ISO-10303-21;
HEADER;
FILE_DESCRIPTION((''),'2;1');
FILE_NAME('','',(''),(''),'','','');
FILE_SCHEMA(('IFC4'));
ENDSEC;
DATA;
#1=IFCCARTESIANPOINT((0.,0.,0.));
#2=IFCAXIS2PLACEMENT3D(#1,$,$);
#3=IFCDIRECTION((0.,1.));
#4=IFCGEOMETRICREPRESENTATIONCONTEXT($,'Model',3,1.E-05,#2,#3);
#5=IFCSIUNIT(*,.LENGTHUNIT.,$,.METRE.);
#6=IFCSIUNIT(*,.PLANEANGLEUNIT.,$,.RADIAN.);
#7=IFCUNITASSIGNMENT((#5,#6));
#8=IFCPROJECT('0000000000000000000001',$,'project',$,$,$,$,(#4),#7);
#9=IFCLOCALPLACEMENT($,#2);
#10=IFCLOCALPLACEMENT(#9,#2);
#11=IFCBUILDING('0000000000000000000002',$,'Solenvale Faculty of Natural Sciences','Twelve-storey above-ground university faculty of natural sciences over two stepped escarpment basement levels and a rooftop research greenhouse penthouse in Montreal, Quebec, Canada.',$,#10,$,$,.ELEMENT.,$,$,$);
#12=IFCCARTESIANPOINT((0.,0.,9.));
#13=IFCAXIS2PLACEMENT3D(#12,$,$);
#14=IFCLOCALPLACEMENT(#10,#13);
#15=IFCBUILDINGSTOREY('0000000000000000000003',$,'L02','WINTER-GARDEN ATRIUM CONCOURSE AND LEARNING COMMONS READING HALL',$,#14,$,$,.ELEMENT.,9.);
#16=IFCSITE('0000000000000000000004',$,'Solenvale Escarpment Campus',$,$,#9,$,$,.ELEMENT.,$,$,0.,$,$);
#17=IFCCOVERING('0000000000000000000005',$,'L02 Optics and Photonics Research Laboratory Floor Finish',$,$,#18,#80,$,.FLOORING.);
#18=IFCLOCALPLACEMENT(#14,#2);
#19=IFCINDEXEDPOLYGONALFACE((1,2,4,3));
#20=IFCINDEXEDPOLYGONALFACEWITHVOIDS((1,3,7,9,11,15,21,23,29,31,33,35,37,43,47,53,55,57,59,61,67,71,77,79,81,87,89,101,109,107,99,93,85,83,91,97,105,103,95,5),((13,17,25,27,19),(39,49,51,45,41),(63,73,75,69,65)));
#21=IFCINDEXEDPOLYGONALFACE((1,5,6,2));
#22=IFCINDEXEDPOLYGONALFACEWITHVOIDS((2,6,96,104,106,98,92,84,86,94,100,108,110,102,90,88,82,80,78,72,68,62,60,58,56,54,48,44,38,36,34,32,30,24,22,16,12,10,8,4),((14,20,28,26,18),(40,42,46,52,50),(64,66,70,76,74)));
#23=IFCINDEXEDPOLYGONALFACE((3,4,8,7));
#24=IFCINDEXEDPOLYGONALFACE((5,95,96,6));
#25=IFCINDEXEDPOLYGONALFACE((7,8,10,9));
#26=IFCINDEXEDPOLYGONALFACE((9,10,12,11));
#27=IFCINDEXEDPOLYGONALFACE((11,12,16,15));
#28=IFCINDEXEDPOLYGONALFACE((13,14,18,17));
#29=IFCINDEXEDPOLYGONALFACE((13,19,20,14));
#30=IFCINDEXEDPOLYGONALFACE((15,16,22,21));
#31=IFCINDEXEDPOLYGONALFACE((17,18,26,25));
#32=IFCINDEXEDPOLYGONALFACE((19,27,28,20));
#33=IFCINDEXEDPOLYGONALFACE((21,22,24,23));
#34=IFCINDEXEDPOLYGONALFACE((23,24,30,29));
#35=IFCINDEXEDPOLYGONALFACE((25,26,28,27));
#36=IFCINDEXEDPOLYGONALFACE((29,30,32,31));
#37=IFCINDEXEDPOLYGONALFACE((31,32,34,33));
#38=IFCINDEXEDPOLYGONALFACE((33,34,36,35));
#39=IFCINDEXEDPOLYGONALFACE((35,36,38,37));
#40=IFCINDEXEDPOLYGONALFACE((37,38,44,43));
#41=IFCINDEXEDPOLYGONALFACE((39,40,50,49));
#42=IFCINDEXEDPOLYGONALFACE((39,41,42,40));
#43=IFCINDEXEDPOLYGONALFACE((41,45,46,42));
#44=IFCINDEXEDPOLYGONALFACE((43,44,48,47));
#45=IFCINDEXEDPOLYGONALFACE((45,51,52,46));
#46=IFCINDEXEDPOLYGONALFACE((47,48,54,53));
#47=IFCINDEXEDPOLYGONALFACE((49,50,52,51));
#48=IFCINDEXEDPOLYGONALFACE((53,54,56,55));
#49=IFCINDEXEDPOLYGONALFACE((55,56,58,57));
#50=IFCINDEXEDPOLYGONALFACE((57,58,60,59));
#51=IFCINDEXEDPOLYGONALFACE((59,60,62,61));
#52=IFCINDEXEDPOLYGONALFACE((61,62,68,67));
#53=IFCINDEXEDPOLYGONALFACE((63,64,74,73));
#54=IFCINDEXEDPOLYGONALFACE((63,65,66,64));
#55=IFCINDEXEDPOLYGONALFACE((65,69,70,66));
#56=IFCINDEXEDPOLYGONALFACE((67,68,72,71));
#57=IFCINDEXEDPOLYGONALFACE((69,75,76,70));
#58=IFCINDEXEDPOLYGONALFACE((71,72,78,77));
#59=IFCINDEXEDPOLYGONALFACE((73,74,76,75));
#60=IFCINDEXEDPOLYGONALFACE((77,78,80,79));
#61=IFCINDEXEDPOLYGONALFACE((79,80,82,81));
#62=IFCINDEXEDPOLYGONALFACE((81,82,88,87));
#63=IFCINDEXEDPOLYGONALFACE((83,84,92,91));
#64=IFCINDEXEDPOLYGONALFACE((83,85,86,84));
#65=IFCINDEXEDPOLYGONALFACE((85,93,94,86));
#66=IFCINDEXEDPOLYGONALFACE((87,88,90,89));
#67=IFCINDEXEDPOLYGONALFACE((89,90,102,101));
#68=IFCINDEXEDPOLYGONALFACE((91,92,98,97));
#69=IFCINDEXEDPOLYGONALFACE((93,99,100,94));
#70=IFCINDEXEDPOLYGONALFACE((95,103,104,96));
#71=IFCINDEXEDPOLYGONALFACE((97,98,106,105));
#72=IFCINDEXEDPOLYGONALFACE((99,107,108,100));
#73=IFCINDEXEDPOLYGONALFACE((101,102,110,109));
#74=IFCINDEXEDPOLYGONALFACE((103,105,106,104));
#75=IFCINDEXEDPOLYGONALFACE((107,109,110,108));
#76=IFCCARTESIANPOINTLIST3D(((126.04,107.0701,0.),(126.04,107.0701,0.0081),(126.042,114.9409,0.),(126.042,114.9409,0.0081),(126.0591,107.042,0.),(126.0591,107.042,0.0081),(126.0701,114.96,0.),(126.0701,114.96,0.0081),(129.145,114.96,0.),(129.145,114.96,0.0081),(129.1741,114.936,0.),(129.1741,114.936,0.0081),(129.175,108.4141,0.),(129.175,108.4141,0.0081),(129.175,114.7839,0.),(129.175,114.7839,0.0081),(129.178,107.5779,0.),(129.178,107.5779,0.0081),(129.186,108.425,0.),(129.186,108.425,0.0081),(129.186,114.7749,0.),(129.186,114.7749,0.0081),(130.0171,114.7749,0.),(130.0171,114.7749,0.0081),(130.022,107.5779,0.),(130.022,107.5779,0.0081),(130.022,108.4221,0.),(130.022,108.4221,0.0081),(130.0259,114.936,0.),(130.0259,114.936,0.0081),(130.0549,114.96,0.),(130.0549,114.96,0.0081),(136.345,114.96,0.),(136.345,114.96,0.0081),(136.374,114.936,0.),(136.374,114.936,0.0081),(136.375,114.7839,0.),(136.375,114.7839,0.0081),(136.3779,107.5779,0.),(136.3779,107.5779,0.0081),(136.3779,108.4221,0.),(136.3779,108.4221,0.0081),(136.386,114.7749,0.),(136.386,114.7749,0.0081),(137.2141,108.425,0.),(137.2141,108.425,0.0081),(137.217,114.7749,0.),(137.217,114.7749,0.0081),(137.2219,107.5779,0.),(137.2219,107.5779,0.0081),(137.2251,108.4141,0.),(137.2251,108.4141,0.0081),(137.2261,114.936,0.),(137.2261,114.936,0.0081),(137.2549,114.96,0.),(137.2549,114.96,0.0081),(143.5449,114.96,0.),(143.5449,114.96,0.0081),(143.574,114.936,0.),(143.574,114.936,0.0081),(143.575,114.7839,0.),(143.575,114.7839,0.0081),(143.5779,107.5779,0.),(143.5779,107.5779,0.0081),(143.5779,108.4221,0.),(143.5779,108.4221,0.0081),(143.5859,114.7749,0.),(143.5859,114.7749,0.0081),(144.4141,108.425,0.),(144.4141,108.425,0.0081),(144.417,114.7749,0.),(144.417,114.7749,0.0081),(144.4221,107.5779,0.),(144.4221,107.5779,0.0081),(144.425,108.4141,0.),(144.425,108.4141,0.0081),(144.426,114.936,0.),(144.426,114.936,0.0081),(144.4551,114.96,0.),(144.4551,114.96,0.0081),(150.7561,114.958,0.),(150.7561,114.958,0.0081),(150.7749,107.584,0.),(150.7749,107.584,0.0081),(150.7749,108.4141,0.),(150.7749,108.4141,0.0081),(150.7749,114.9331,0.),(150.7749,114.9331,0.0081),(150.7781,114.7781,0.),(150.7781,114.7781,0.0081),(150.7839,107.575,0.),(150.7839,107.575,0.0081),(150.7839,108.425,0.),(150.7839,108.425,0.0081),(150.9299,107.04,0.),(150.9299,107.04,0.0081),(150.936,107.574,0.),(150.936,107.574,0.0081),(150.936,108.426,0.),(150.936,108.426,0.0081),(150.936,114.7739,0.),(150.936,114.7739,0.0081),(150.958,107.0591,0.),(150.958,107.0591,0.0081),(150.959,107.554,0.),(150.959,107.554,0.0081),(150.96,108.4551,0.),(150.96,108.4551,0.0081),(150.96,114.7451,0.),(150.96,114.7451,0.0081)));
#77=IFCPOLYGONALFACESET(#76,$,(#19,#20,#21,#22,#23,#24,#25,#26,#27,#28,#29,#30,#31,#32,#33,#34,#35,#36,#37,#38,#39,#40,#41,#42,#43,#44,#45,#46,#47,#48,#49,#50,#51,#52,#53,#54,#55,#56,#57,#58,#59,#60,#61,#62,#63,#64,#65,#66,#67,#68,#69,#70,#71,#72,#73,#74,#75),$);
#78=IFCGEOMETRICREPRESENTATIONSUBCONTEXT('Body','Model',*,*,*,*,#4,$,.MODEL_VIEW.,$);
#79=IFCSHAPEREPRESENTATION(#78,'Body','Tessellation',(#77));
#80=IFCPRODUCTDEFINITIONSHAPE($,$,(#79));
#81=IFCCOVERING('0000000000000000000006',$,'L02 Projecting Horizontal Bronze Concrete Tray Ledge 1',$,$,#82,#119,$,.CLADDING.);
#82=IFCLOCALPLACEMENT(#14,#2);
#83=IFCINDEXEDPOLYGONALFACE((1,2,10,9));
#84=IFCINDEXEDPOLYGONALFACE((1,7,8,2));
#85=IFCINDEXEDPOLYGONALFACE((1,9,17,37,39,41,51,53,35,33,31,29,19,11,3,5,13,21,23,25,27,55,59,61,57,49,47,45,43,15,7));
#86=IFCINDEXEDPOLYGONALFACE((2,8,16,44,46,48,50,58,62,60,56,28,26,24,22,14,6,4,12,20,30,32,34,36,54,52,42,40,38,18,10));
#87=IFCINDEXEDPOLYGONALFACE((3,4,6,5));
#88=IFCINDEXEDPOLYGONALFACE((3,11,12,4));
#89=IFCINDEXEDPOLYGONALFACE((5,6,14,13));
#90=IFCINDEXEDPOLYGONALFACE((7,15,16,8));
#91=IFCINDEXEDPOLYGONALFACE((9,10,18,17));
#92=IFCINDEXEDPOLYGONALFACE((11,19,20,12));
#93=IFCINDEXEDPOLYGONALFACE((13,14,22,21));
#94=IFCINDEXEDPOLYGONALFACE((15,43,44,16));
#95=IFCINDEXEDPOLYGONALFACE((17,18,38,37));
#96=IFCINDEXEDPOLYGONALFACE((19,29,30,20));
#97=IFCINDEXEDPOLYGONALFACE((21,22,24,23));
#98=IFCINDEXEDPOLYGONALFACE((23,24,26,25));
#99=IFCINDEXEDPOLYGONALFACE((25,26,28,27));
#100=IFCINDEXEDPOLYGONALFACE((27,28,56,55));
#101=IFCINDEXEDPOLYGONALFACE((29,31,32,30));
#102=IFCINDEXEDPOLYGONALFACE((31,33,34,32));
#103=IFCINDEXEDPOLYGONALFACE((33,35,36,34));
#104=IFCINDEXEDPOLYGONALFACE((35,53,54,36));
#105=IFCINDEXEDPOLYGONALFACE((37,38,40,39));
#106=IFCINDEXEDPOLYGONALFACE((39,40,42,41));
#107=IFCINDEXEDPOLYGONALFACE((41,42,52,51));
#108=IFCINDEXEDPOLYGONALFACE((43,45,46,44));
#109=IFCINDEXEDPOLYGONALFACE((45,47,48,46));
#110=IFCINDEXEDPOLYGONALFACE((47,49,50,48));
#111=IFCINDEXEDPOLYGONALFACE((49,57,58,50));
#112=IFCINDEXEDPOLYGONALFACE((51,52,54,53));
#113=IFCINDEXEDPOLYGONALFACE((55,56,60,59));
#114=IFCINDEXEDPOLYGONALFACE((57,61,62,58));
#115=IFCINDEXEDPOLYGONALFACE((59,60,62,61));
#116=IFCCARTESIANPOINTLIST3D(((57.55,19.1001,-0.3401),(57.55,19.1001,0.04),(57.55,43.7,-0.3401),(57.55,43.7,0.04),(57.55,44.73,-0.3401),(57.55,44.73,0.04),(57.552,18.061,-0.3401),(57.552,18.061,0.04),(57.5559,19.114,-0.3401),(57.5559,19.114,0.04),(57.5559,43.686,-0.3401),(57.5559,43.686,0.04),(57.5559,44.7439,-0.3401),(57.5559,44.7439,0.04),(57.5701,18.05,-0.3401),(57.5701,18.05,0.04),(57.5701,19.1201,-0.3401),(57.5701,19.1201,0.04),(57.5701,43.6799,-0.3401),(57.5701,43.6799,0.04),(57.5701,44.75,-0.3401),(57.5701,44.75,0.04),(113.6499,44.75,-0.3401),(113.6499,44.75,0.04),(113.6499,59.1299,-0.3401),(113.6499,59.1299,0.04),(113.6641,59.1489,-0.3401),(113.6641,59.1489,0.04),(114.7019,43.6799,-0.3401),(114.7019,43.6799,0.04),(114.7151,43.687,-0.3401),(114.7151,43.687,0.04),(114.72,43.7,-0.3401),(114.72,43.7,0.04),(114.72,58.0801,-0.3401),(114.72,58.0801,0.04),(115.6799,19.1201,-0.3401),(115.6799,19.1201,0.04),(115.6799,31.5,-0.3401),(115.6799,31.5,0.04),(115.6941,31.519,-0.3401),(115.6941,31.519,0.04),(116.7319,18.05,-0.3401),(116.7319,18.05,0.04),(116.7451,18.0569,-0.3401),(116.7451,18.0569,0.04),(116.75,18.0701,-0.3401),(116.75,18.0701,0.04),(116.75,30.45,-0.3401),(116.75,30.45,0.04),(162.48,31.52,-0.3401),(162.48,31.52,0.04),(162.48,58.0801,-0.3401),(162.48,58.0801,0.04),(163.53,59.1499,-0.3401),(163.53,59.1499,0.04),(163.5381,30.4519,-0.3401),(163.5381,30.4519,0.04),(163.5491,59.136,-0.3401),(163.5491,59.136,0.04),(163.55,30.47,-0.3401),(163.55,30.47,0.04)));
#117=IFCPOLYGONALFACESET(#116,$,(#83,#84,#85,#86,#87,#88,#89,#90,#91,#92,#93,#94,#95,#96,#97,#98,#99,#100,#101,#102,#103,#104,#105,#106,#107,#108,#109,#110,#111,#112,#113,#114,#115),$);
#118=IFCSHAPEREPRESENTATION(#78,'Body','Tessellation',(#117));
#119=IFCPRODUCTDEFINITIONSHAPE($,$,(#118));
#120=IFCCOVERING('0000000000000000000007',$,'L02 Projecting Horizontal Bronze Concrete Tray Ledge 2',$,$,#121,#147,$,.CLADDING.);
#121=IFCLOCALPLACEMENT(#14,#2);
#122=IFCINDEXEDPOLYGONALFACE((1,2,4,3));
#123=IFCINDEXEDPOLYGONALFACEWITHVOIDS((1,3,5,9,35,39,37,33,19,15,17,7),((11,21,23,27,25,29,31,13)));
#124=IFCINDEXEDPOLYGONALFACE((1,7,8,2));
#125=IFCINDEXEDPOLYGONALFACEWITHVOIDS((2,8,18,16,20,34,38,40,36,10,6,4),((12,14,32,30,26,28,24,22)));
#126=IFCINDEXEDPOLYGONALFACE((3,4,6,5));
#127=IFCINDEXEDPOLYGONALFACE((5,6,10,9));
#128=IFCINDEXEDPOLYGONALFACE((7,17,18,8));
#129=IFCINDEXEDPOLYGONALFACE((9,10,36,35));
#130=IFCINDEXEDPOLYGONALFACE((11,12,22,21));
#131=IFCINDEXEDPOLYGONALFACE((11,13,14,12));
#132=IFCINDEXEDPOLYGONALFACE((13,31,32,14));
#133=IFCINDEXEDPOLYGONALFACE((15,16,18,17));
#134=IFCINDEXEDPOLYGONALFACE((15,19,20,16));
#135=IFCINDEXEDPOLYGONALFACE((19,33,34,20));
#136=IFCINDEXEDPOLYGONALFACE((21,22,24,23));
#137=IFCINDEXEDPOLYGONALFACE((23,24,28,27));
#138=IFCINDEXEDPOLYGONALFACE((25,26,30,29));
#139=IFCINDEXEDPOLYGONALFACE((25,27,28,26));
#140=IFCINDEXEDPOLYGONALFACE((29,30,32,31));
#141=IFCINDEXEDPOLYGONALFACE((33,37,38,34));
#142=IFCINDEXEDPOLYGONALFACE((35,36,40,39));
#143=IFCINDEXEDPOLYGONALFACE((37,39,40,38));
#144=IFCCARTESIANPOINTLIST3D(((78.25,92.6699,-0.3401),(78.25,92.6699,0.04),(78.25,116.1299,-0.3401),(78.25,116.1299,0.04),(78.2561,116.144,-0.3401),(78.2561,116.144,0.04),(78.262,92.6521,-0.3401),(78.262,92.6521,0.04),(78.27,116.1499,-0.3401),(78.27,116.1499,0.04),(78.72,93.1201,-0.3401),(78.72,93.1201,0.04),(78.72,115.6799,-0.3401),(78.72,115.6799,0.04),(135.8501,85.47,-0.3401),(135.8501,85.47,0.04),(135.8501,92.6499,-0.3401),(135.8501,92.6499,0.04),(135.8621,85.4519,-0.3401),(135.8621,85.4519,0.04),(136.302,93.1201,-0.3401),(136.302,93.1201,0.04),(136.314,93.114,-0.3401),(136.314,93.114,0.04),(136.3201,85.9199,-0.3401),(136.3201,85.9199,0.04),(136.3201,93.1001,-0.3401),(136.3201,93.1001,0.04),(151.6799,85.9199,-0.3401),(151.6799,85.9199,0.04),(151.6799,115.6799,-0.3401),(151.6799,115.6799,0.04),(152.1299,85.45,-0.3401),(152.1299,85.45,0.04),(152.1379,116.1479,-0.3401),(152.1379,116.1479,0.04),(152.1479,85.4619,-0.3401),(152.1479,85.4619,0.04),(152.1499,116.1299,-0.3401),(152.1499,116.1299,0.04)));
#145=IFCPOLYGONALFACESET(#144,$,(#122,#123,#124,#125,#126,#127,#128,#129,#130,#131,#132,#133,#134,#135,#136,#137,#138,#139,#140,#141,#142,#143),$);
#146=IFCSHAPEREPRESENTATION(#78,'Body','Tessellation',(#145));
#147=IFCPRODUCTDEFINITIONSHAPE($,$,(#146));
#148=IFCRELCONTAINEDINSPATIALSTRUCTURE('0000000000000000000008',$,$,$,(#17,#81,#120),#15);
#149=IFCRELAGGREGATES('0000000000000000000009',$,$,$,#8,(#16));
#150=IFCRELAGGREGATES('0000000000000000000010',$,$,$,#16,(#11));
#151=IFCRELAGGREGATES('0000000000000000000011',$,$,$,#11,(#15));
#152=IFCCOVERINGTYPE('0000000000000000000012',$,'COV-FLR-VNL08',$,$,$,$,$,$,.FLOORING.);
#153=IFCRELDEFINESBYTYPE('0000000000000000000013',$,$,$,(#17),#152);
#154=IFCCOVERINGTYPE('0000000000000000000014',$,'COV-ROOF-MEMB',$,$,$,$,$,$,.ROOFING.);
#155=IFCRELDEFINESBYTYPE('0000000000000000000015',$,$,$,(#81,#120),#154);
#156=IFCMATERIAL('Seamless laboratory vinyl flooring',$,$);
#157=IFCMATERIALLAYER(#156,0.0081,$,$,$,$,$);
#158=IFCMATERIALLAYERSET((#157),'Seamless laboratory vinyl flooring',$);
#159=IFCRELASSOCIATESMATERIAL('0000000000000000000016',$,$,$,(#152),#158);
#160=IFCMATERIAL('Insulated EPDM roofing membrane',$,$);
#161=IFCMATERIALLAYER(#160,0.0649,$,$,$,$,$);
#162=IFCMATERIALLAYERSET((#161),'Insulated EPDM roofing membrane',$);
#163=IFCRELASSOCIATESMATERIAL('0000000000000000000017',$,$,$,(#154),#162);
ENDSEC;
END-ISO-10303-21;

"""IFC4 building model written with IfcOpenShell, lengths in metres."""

from ifc_helpers import new_model, si_unit, direction, frame, origin, place, context, subcontext, project, spatial, polyline, outline, extrude, material, layer, layer_set, type_object, element, save


model = new_model("IFC4")

# Units and contexts
model_context = context("Model", 3, precision=1e-05, world=origin(), true_north=direction((0.0, 1.0)))
body_context = subcontext(model_context, "Body", "Model", "MODEL_VIEW")
ifc_project = project(units=[si_unit("LENGTHUNIT", "METRE"), si_unit("PLANEANGLEUNIT", "RADIAN")], contexts=[model_context])

# Site, building, storey
site_placement = place(None, origin())
site = spatial("IfcSite", under=ifc_project, at=site_placement, Name="Solenvale Escarpment Campus", CompositionType="ELEMENT", RefElevation=0.0)
building_placement = place(site_placement, origin())
building = spatial("IfcBuilding", under=site, at=building_placement, Name="Solenvale Faculty of Natural Sciences", Description="Twelve-storey above-ground university faculty of natural sciences over two stepped escarpment basement levels and a rooftop research greenhouse penthouse in Montreal, Quebec, Canada.", CompositionType="ELEMENT")
storey_placement = place(building_placement, frame((0.0, 0.0, 9.0)))
storey = spatial("IfcBuildingStorey", under=building, at=storey_placement, Name="L02", Description="WINTER-GARDEN ATRIUM CONCOURSE AND LEARNING COMMONS READING HALL", CompositionType="ELEMENT", Elevation=9.0)

# Coverings
ifc_material_1 = material(Name="Seamless laboratory vinyl flooring")
ifc_layer_1 = layer(ifc_material_1, 0.0081)
ifc_layer_set_1 = layer_set([ifc_layer_1], Name="Seamless laboratory vinyl flooring")
covering_type_1 = type_object("IfcCoveringType", Name="COV-FLR-VNL08", PredefinedType="FLOORING", material=ifc_layer_set_1)
covering_1_placement = place(storey_placement, origin())
element("IfcCovering", 1, at=covering_1_placement, inside=storey, type_object=covering_type_1, Name="L02 Optics and Photonics Research Laboratory Floor Finish", PredefinedType="FLOORING", context=body_context, shape_type="SweptSolid", body=[
    extrude(outline(polyline([(129.145, 114.96), (129.1741, 114.936), (129.175, 114.7839), (129.186, 114.7749), (130.0171, 114.7749), (130.0259, 114.936), (130.0549, 114.96), (136.345, 114.96), (136.374, 114.936), (136.375, 114.7839), (136.386, 114.7749), (137.217, 114.7749), (137.2261, 114.936), (137.2549, 114.96), (143.5449, 114.96), (143.574, 114.936), (143.575, 114.7839), (143.5859, 114.7749), (144.417, 114.7749), (144.426, 114.936), (144.4551, 114.96), (150.7561, 114.958), (150.7749, 114.9331), (150.7781, 114.7781), (150.936, 114.7739), (150.96, 114.7451), (150.96, 108.4551), (150.936, 108.426), (150.7839, 108.425), (150.7749, 108.4141), (150.7749, 107.584), (150.7839, 107.575), (150.936, 107.574), (150.959, 107.554), (150.958, 107.0591), (150.9299, 107.04), (126.0591, 107.042), (126.04, 107.0701), (126.042, 114.9409), (126.0701, 114.96), (129.145, 114.96)]), holes=[polyline([(144.425, 108.4141), (144.4141, 108.425), (143.5779, 108.4221), (143.5779, 107.5779), (144.4221, 107.5779), (144.425, 108.4141)]), polyline([(137.2251, 108.4141), (137.2141, 108.425), (136.3779, 108.4221), (136.3779, 107.5779), (137.2219, 107.5779), (137.2251, 108.4141)]), polyline([(129.186, 108.425), (129.175, 108.4141), (129.178, 107.5779), (130.022, 107.5779), (130.022, 108.4221), (129.186, 108.425)])]), origin(), (0.0, 0.0, 1.0), 0.0081),
])
ifc_material_2 = material(Name="Insulated EPDM roofing membrane")
ifc_layer_2 = layer(ifc_material_2, 0.0649)
ifc_layer_set_2 = layer_set([ifc_layer_2], Name="Insulated EPDM roofing membrane")
covering_type_2 = type_object("IfcCoveringType", Name="COV-ROOF-MEMB", PredefinedType="ROOFING", material=ifc_layer_set_2)
covering_2_placement = place(storey_placement, frame((0.0, 0.0, -0.3401)))
element("IfcCovering", 2, at=covering_2_placement, inside=storey, type_object=covering_type_2, Name="L02 Projecting Horizontal Bronze Concrete Tray Ledge 1", PredefinedType="CLADDING", context=body_context, shape_type="SweptSolid", body=[
    extrude(outline(polyline([(113.6499, 44.75), (113.6499, 59.1299), (113.6641, 59.1489), (163.53, 59.1499), (163.5491, 59.136), (163.55, 30.47), (163.5381, 30.4519), (116.75, 30.45), (116.75, 18.0701), (116.7451, 18.0569), (116.7319, 18.05), (57.5701, 18.05), (57.552, 18.061), (57.55, 19.1001), (57.5559, 19.114), (57.5701, 19.1201), (115.6799, 19.1201), (115.6799, 31.5), (115.6941, 31.519), (162.48, 31.52), (162.48, 58.0801), (114.72, 58.0801), (114.72, 43.7), (114.7151, 43.687), (114.7019, 43.6799), (57.5701, 43.6799), (57.5559, 43.686), (57.55, 43.7), (57.55, 44.73), (57.5559, 44.7439), (57.5701, 44.75), (113.6499, 44.75)])), origin(), (0.0, 0.0, 1.0), 0.3801),
])
covering_3_placement = place(storey_placement, frame((0.0, 0.0, -0.3401)))
element("IfcCovering", 3, at=covering_3_placement, inside=storey, type_object=covering_type_2, Name="L02 Projecting Horizontal Bronze Concrete Tray Ledge 2", PredefinedType="CLADDING", context=body_context, shape_type="SweptSolid", body=[
    extrude(outline(polyline([(78.25, 116.1299), (78.2561, 116.144), (78.27, 116.1499), (152.1379, 116.1479), (152.1499, 116.1299), (152.1479, 85.4619), (152.1299, 85.45), (135.8621, 85.4519), (135.8501, 85.47), (135.8501, 92.6499), (78.262, 92.6521), (78.25, 92.6699), (78.25, 116.1299)]), holes=[polyline([(78.72, 93.1201), (136.302, 93.1201), (136.314, 93.114), (136.3201, 93.1001), (136.3201, 85.9199), (151.6799, 85.9199), (151.6799, 115.6799), (78.72, 115.6799), (78.72, 93.1201)])]), origin(), (0.0, 0.0, 1.0), 0.3801),
])

save(model, "model.ifc")
